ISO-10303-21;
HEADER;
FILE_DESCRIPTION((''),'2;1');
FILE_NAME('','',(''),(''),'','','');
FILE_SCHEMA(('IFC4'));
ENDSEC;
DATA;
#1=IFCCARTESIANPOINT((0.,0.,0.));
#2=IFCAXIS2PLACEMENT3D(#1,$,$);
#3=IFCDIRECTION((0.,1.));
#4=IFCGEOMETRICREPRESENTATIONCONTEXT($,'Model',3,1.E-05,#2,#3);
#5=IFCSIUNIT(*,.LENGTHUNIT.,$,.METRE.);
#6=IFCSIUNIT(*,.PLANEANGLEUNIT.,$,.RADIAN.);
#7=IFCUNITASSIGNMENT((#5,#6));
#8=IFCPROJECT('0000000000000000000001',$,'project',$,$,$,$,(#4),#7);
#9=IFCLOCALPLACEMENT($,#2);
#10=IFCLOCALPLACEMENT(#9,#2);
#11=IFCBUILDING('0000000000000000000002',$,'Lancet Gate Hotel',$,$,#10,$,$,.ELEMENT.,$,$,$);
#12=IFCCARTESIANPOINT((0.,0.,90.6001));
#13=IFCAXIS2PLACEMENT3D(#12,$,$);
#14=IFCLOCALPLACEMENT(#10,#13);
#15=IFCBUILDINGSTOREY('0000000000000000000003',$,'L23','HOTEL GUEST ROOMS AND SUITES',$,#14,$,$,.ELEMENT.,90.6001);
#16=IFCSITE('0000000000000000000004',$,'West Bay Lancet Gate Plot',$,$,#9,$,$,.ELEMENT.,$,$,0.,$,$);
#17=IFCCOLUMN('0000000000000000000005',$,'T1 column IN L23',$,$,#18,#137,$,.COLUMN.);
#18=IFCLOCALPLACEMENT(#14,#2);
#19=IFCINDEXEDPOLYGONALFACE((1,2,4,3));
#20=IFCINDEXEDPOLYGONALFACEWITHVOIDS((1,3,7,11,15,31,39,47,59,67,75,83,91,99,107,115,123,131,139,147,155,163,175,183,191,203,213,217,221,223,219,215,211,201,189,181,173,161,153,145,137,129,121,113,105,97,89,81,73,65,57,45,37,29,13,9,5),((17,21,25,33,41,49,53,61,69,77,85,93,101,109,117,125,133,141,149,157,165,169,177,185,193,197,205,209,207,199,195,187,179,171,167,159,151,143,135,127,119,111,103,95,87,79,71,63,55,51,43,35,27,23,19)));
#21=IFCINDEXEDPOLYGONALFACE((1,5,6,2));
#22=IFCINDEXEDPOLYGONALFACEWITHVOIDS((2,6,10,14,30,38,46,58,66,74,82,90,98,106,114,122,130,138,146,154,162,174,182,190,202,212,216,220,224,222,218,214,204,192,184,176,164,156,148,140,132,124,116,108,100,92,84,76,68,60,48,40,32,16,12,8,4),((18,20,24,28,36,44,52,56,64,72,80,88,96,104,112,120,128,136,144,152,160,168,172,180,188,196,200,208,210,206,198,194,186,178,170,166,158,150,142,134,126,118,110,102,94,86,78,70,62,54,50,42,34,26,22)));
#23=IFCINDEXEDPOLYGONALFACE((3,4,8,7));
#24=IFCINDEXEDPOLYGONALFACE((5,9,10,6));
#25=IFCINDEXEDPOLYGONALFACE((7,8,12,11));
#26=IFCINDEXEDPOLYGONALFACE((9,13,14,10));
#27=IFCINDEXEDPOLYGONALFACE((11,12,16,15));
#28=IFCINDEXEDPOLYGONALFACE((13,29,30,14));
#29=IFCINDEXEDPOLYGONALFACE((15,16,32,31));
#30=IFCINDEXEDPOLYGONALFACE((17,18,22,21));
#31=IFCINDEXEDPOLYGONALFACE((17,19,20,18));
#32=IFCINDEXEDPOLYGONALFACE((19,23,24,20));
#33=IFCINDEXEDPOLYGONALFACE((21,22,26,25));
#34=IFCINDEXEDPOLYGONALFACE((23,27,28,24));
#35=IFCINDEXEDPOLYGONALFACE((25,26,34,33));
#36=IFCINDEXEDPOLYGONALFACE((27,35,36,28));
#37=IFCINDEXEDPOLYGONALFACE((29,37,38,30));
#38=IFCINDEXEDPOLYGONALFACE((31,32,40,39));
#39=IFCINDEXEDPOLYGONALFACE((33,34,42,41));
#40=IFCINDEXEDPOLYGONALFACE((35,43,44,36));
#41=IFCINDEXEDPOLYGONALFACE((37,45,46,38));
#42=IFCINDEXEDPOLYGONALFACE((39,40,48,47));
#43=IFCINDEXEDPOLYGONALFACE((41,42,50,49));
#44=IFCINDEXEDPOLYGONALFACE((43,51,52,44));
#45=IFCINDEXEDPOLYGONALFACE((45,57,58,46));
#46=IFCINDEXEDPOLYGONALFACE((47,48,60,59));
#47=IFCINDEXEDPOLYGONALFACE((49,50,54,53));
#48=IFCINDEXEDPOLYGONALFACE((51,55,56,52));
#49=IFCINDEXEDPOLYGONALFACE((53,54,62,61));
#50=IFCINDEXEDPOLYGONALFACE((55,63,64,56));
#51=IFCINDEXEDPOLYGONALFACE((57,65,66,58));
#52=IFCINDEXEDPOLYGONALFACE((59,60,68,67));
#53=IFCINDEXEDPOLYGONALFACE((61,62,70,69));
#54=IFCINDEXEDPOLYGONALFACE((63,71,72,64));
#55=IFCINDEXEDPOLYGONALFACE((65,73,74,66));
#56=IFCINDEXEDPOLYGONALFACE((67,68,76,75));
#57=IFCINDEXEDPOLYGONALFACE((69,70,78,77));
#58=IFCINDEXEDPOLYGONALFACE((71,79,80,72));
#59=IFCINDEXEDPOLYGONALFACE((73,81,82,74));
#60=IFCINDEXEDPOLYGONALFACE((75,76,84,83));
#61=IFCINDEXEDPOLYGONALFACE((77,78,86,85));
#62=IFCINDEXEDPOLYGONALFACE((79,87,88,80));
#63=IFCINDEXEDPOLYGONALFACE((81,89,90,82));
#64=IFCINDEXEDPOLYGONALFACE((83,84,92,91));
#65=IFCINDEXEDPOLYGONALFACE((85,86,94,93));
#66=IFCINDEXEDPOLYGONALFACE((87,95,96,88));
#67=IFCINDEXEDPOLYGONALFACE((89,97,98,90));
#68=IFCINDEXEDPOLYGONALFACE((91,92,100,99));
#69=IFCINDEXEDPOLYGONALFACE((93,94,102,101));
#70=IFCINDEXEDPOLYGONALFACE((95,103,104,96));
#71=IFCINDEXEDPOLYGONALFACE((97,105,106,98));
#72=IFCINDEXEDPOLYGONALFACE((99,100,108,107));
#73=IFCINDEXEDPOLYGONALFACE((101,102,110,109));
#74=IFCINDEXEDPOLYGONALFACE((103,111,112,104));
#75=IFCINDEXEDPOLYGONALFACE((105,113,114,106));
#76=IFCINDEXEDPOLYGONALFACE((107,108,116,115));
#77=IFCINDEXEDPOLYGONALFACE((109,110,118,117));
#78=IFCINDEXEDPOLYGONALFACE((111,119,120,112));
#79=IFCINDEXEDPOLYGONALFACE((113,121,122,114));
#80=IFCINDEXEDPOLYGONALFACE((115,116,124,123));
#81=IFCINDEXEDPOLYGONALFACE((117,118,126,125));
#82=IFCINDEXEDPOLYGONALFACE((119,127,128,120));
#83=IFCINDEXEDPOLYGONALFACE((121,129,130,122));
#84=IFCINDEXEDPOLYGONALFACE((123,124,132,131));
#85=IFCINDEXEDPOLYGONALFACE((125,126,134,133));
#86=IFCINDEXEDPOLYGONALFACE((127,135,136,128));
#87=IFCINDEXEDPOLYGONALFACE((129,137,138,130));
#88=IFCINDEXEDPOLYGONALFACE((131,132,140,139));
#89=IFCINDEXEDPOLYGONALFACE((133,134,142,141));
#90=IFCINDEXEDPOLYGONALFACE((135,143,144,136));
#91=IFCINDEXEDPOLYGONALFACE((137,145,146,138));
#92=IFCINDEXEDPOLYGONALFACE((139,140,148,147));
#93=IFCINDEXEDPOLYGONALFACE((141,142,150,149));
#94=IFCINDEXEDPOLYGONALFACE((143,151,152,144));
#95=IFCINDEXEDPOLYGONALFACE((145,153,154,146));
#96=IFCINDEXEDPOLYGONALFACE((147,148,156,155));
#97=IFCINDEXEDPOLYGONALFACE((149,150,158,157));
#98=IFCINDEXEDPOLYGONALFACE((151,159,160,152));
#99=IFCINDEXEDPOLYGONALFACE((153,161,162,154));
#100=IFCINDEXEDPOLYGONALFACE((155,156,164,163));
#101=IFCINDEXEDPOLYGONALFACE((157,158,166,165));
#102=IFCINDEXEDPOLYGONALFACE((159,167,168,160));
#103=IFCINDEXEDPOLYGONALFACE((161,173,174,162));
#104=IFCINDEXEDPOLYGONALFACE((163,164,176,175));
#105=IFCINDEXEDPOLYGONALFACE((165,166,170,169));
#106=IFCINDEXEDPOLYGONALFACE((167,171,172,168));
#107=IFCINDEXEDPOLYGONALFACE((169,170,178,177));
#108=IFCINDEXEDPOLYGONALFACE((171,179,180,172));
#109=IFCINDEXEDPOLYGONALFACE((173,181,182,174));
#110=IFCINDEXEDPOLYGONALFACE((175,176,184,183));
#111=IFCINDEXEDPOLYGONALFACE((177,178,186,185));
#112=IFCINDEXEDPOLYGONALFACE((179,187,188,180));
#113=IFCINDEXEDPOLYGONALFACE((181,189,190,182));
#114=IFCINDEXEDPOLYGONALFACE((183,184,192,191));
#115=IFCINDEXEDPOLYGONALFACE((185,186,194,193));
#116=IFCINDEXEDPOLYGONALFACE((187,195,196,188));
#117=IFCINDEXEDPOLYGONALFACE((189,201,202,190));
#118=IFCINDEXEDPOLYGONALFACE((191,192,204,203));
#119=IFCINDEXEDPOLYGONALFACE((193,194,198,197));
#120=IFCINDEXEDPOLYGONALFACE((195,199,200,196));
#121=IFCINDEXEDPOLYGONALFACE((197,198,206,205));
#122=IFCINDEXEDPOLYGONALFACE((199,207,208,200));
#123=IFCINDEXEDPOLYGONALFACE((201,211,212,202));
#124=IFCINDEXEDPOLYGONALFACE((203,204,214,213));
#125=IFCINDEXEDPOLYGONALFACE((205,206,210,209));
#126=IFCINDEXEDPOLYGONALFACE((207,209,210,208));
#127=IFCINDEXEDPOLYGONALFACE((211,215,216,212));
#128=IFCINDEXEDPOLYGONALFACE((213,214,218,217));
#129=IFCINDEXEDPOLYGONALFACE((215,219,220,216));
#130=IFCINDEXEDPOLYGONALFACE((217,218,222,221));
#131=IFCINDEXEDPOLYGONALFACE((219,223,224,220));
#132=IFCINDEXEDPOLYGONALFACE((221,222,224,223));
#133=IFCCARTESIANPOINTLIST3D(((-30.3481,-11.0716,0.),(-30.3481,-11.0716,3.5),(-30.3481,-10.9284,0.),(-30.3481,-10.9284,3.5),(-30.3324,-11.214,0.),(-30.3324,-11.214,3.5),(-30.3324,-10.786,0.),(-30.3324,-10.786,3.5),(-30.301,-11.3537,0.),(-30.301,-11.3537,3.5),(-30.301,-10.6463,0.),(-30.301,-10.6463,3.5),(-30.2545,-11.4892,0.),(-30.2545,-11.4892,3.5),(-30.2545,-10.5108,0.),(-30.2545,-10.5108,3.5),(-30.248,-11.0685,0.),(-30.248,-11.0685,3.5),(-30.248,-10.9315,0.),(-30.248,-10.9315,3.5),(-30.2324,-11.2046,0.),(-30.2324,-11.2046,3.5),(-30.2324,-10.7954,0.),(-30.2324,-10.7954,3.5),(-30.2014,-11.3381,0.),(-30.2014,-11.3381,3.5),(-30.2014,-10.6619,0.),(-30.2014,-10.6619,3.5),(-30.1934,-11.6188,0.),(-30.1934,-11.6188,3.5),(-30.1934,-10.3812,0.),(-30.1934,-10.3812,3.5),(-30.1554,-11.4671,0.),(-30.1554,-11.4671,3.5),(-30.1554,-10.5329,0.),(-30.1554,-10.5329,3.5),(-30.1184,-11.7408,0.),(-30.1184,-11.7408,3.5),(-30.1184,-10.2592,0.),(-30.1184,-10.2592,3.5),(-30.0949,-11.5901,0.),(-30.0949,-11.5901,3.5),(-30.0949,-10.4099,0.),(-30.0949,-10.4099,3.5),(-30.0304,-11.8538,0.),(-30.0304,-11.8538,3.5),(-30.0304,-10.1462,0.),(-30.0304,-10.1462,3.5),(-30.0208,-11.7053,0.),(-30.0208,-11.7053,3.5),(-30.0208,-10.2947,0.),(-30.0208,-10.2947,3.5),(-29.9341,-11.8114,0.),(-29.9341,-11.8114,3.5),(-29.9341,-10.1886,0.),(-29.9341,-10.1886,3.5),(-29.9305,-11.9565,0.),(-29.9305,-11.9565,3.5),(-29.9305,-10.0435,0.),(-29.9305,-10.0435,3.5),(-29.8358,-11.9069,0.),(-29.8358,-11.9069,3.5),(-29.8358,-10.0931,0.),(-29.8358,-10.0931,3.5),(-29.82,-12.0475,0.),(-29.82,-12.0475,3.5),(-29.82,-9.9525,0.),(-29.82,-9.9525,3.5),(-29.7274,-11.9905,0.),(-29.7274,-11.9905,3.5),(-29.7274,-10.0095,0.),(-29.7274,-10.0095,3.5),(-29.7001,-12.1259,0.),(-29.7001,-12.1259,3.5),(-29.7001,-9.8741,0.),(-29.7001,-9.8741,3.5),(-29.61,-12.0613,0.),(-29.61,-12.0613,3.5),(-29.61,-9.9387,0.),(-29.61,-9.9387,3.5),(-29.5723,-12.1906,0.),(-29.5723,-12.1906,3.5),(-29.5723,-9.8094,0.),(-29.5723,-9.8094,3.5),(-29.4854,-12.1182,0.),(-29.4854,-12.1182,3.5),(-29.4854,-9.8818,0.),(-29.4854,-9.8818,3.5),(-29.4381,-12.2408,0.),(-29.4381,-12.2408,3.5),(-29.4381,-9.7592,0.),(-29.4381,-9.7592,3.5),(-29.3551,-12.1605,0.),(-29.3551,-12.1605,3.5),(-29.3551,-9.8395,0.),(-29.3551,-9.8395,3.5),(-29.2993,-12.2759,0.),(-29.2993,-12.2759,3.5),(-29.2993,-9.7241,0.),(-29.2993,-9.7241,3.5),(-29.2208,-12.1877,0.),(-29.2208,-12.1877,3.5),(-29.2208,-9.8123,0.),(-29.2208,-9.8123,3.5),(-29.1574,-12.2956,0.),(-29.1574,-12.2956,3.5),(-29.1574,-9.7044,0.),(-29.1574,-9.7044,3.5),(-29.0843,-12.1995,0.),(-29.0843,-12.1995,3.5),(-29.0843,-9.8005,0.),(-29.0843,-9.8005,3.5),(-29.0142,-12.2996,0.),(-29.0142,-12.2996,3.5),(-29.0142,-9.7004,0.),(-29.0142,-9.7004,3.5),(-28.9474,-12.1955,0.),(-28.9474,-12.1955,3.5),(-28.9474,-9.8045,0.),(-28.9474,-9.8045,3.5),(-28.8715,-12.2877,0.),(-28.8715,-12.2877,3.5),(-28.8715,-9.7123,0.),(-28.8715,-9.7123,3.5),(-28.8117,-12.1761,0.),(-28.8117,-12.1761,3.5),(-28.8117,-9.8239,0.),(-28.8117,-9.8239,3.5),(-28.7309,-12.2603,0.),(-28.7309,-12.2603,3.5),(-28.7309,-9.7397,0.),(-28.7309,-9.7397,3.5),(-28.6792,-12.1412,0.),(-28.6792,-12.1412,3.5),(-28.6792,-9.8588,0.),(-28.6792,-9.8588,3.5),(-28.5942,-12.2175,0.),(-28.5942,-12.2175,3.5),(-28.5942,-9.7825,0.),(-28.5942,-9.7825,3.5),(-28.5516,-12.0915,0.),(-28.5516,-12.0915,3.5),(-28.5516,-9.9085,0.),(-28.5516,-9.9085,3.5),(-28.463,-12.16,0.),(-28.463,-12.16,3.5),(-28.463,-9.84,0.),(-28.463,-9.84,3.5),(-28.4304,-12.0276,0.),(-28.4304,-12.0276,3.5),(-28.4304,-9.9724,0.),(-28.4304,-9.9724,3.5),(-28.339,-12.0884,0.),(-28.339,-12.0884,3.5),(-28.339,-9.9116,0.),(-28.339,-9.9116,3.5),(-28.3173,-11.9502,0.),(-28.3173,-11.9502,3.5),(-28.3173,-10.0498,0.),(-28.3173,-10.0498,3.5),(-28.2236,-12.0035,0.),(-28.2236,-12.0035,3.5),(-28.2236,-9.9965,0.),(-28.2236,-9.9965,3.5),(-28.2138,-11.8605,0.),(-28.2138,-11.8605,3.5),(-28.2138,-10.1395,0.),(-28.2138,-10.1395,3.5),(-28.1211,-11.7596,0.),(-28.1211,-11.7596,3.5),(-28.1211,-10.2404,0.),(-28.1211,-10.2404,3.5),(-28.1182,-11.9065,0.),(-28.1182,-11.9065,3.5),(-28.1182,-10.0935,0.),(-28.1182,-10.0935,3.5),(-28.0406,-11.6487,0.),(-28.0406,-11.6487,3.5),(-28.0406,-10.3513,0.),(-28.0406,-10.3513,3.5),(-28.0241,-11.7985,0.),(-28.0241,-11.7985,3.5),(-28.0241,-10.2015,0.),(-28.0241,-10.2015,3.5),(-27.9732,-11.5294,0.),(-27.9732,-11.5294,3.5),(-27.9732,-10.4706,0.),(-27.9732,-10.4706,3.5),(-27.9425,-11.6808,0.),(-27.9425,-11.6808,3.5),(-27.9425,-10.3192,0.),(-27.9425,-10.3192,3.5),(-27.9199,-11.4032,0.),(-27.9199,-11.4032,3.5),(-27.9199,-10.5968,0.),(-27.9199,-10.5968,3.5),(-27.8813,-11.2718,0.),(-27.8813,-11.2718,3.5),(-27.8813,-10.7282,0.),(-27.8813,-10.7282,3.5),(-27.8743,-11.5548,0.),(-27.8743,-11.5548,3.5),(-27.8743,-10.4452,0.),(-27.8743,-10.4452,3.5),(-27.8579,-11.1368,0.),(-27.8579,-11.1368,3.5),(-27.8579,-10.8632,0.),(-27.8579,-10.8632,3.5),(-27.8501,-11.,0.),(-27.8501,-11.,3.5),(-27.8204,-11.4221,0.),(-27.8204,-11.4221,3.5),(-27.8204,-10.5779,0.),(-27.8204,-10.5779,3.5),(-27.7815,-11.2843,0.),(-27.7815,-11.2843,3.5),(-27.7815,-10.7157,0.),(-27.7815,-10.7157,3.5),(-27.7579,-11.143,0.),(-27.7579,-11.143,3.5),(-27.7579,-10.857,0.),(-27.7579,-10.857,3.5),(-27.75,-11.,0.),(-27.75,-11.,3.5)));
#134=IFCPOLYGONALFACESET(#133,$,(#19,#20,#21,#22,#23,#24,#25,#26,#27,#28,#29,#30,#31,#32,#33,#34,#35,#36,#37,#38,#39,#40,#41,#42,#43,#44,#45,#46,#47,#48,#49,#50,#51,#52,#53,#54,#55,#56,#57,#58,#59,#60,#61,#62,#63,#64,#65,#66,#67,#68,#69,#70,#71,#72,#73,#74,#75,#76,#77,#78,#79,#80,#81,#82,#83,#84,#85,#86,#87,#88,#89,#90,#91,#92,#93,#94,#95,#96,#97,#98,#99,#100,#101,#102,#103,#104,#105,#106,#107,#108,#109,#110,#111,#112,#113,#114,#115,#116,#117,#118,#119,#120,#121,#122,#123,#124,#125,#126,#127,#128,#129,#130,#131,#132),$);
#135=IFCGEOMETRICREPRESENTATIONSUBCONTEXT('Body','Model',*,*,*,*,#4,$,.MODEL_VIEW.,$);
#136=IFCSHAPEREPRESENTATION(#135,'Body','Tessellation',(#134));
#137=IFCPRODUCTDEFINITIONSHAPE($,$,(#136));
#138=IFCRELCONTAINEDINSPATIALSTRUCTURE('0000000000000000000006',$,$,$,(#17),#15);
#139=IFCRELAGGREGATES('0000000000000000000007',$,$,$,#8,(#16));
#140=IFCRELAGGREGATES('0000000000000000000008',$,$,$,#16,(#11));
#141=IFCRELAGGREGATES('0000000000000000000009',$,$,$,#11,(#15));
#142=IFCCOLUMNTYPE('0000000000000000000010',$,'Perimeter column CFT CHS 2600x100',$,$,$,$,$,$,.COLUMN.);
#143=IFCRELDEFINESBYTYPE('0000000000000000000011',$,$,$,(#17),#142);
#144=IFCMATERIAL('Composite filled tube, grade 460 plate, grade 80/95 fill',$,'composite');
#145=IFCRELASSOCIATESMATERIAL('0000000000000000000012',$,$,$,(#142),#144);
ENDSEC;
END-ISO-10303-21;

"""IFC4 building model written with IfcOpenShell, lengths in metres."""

from ifc_helpers import new_model, si_unit, direction, frame, origin, origin_2d, place, context, subcontext, project, spatial, hollow_circle, extrude, material, material_profile, profile_set, type_object, element, save


model = new_model("IFC4")

# Units and contexts
model_context = context("Model", 3, precision=1e-05, world=origin(), true_north=direction((0.0, 1.0)))
body_context = subcontext(model_context, "Body", "Model", "MODEL_VIEW")
ifc_project = project(units=[si_unit("LENGTHUNIT", "METRE"), si_unit("PLANEANGLEUNIT", "RADIAN")], contexts=[model_context])

# Site, building, storey
site_placement = place(None, origin())
site = spatial("IfcSite", under=ifc_project, at=site_placement, Name="West Bay Lancet Gate Plot", CompositionType="ELEMENT", RefElevation=0.0)
building_placement = place(site_placement, origin())
building = spatial("IfcBuilding", under=site, at=building_placement, Name="Lancet Gate Hotel", CompositionType="ELEMENT")
storey_placement = place(building_placement, frame((0.0, 0.0, 90.6001)))
storey = spatial("IfcBuildingStorey", under=building, at=storey_placement, Name="L23", Description="HOTEL GUEST ROOMS AND SUITES", CompositionType="ELEMENT", Elevation=90.6001)

# Column
ifc_material_1 = material(Name="Composite filled tube, grade 460 plate, grade 80/95 fill", Category="composite")
ifc_material_profile_1 = material_profile(ifc_material_1, hollow_circle(Radius=1.3, WallThickness=0.1001, at=origin_2d()), Name="CHS 2600x100")
ifc_profile_set_1 = profile_set([ifc_material_profile_1], Name="Composite filled tube, grade 460 plate, grade 80/95 fill")
column_type = type_object("IfcColumnType", Name="Perimeter column CFT CHS 2600x100", PredefinedType="COLUMN", material=ifc_profile_set_1)
for number, where, z_axis, x_axis, name in (
    (1, (-29.05, -11.0, 0.0), (0.0, 0.0, 1.0), (1.0, 0.0, 0.0), "T1 column IN L23"),
):
    element("IfcColumn", number, at=place(storey_placement, frame(where, z_axis=z_axis, x_axis=x_axis)), inside=storey, type_object=column_type, Name=name, PredefinedType="COLUMN", context=body_context, shape_type="SweptSolid", body=[
        extrude(hollow_circle(Radius=1.3, WallThickness=0.1001, at=origin_2d()), origin(), (0.0, 0.0, 1.0), 3.5),
    ])

save(model, "model.ifc")
